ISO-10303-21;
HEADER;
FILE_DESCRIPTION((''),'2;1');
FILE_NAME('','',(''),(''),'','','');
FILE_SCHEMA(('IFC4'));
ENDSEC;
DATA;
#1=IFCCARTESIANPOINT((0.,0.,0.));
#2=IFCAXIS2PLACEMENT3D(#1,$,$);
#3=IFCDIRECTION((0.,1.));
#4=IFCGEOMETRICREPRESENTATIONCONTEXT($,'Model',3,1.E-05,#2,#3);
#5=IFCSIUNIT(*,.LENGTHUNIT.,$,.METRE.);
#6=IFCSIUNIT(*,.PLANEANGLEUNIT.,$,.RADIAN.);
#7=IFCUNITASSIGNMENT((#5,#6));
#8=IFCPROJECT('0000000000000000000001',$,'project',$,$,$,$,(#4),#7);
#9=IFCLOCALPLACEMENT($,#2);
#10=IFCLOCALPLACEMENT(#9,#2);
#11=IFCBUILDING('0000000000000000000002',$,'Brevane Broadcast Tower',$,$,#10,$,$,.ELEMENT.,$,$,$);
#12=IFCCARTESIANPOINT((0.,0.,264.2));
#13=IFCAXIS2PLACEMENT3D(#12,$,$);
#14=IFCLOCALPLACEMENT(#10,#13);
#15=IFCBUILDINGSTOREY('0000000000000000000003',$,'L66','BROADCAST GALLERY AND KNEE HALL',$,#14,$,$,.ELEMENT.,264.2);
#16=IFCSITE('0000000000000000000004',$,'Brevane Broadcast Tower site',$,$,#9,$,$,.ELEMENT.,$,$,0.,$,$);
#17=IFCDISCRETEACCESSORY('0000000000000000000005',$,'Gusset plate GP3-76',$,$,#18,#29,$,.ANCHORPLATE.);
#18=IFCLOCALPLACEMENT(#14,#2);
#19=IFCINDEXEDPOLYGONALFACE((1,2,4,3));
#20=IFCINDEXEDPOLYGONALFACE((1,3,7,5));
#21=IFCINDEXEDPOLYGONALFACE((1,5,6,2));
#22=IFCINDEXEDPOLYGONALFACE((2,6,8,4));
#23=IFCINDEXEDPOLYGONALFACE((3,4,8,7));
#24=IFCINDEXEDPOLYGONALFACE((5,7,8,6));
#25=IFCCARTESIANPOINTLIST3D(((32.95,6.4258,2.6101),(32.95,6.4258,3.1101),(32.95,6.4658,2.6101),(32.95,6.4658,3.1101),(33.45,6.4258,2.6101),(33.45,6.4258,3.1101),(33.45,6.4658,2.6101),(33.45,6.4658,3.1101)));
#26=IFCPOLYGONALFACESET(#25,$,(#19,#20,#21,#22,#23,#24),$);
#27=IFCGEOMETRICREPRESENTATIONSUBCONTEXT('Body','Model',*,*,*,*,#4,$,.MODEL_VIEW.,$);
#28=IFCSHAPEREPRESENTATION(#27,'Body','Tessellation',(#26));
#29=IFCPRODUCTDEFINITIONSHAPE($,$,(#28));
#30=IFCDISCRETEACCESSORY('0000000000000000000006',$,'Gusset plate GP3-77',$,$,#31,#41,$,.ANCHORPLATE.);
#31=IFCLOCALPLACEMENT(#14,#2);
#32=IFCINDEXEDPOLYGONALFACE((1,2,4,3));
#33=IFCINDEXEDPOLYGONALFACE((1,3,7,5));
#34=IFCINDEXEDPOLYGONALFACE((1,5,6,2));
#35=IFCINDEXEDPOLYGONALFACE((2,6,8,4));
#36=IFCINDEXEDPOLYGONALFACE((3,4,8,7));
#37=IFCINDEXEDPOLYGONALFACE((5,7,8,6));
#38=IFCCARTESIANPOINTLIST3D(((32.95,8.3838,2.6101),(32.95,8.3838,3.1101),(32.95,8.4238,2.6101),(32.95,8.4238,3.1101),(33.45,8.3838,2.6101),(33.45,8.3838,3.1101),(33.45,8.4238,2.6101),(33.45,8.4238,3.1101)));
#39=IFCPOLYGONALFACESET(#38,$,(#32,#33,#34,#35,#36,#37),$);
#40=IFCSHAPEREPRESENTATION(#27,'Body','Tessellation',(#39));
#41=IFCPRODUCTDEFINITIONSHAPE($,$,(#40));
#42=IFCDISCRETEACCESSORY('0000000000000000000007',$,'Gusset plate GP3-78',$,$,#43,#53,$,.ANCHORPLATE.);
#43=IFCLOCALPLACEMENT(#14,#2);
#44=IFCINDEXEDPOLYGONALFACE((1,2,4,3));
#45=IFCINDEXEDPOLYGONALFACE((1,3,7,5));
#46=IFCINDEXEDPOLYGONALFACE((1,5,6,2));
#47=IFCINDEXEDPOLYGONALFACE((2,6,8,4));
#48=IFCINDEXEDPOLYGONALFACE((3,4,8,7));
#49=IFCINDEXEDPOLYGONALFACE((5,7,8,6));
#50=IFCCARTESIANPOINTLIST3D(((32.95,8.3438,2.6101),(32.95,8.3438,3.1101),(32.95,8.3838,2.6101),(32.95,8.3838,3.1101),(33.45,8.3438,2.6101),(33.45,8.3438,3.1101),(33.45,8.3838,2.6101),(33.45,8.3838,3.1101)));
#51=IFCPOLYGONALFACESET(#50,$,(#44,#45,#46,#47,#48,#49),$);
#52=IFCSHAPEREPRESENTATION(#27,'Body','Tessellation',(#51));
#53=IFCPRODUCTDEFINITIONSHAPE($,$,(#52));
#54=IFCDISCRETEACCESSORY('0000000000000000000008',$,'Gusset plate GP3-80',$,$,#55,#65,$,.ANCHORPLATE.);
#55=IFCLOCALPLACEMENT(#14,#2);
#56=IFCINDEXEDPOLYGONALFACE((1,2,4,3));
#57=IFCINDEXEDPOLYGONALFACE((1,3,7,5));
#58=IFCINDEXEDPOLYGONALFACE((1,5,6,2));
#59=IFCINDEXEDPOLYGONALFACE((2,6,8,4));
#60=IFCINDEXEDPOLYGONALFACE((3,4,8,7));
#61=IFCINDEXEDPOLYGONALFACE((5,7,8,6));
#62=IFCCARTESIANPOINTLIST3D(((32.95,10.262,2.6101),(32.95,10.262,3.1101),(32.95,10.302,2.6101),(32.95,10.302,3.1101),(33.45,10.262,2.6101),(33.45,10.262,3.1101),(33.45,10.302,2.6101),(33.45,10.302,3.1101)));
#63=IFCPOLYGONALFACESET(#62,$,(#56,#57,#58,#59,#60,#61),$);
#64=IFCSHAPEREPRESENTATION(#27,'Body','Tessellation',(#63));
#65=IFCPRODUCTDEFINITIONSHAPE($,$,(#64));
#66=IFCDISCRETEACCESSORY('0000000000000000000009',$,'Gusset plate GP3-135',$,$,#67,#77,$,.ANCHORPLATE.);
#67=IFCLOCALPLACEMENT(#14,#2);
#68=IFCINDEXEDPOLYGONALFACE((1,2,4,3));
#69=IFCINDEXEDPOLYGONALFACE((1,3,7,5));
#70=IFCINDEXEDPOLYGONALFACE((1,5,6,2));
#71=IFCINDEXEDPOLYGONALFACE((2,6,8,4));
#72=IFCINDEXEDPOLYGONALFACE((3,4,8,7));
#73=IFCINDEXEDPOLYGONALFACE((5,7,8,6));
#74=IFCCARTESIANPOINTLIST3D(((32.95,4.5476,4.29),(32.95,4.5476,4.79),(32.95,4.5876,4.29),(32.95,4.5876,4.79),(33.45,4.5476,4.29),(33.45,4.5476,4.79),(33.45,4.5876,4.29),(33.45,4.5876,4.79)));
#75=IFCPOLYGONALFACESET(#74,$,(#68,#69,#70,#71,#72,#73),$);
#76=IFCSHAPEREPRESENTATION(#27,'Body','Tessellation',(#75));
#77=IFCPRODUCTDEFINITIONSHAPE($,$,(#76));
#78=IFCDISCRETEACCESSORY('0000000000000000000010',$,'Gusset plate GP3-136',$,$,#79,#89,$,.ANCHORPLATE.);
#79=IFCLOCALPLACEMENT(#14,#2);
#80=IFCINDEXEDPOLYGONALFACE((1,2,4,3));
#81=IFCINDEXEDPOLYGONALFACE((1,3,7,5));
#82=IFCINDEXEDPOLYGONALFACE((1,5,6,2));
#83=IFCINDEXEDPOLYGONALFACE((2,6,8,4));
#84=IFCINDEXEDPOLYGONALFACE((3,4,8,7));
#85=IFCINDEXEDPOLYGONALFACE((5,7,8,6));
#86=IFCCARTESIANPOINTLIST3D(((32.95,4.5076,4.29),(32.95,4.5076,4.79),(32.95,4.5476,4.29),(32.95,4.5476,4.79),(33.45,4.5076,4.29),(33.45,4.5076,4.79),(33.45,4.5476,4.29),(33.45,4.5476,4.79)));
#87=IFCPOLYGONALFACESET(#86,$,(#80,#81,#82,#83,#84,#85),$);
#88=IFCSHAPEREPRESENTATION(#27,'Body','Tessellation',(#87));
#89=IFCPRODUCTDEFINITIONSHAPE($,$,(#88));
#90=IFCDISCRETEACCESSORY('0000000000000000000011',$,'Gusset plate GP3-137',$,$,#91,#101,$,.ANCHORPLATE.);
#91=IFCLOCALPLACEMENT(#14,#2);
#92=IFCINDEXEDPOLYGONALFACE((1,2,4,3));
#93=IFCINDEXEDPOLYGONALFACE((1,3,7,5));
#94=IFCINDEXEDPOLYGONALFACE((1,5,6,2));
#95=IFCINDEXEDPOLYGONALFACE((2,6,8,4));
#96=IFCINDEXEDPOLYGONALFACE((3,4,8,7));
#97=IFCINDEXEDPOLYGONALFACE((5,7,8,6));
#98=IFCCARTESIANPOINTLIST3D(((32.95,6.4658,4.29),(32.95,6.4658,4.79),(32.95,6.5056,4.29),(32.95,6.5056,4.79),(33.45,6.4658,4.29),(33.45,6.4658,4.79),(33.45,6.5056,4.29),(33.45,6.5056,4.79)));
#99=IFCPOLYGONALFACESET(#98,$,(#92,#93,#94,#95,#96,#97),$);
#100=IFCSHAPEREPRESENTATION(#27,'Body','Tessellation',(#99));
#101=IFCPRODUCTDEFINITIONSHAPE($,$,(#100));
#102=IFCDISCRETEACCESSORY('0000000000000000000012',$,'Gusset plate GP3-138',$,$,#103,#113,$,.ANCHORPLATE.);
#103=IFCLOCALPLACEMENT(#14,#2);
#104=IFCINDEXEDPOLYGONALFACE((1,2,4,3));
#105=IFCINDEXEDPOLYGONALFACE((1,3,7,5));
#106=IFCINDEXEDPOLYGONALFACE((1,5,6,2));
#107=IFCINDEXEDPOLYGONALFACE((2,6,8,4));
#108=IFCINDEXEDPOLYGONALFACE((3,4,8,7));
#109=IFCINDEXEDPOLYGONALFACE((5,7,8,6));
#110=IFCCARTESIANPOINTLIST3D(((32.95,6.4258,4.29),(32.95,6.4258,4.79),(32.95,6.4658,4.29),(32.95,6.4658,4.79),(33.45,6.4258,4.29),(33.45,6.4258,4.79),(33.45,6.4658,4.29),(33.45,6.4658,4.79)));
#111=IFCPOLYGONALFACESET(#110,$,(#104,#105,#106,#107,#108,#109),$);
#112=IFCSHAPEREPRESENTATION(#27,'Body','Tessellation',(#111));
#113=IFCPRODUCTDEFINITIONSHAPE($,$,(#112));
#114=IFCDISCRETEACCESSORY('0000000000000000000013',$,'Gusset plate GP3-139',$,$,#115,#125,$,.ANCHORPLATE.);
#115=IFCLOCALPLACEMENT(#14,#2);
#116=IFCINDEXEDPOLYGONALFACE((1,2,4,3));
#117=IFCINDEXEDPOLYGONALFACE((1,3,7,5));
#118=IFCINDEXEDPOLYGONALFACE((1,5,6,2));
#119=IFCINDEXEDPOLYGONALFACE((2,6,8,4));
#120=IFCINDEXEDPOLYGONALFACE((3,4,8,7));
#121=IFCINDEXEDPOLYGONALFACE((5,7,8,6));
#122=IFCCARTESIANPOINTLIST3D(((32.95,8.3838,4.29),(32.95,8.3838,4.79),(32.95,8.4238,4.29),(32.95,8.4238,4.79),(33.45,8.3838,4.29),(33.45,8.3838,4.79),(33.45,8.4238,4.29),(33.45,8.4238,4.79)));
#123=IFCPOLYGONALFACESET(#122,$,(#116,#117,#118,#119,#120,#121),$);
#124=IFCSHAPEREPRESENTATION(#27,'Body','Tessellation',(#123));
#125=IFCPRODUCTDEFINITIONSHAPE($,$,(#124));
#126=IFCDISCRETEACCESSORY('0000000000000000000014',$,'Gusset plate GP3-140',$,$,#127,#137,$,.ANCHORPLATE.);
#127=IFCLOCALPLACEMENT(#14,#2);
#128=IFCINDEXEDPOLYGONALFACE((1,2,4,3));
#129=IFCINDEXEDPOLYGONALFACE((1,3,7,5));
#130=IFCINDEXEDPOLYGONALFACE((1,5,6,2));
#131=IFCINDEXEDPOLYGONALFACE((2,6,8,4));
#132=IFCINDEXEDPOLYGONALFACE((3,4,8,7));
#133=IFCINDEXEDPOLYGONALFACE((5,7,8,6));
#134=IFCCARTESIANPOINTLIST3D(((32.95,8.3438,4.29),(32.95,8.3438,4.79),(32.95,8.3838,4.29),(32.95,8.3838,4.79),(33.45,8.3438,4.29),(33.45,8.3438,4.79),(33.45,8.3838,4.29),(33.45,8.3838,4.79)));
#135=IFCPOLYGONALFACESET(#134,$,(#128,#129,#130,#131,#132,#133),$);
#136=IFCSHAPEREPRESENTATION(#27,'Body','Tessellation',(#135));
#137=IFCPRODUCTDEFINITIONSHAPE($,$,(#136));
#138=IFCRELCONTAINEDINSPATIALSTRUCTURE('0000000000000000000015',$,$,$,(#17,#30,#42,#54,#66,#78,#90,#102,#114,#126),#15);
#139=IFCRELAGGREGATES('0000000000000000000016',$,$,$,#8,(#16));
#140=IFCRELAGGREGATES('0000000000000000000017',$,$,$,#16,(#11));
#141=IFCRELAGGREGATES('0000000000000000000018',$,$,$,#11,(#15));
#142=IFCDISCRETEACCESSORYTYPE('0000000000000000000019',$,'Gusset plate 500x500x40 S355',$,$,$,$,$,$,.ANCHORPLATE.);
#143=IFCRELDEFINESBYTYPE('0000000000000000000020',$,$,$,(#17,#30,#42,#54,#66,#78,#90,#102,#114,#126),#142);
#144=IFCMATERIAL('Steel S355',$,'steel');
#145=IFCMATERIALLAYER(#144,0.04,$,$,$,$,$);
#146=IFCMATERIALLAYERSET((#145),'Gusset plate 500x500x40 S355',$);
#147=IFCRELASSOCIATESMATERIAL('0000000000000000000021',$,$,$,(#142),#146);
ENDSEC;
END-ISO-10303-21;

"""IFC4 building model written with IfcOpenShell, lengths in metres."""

from ifc_helpers import new_model, si_unit, direction, frame, origin, origin_2d, place, context, subcontext, project, spatial, rectangle, extrude, material, layer, layer_set, type_object, element, save


model = new_model("IFC4")

# Units and contexts
model_context = context("Model", 3, precision=1e-05, world=origin(), true_north=direction((0.0, 1.0)))
body_context = subcontext(model_context, "Body", "Model", "MODEL_VIEW")
ifc_project = project(units=[si_unit("LENGTHUNIT", "METRE"), si_unit("PLANEANGLEUNIT", "RADIAN")], contexts=[model_context])

# Site, building, storey
site_placement = place(None, origin())
site = spatial("IfcSite", under=ifc_project, at=site_placement, Name="Brevane Broadcast Tower site", CompositionType="ELEMENT", RefElevation=0.0)
building_placement = place(site_placement, origin())
building = spatial("IfcBuilding", under=site, at=building_placement, Name="Brevane Broadcast Tower", CompositionType="ELEMENT")
storey_placement = place(building_placement, frame((0.0, 0.0, 264.2)))
storey = spatial("IfcBuildingStorey", under=building, at=storey_placement, Name="L66", Description="BROADCAST GALLERY AND KNEE HALL", CompositionType="ELEMENT", Elevation=264.2)

# Discrete accessories
ifc_material = material(Name="Steel S355", Category="steel")
ifc_layer_1 = layer(ifc_material, 0.04)
ifc_layer_set_1 = layer_set([ifc_layer_1], Name="Gusset plate 500x500x40 S355")
discrete_accessory_type_1 = type_object("IfcDiscreteAccessoryType", Name="Gusset plate 500x500x40 S355", PredefinedType="ANCHORPLATE", material=ifc_layer_set_1)
for number, where, z_axis, x_axis, name in (
    (1, (33.2, 6.4258, 2.8601), (0.0, 1.0, 0.0), (-1.0, 0.0, 0.0), "Gusset plate GP3-76"),
    (2, (33.2, 8.3838, 2.8601), (0.0, 1.0, 0.0), (-1.0, 0.0, 0.0), "Gusset plate GP3-77"),
    (3, (33.2, 8.3438, 2.8601), (0.0, 1.0, 0.0), (-1.0, 0.0, 0.0), "Gusset plate GP3-78"),
    (4, (33.2, 10.262, 2.8601), (0.0, 1.0, 0.0), (-1.0, 0.0, 0.0), "Gusset plate GP3-80"),
    (5, (33.2, 4.5476, 4.54), (0.0, 1.0, 0.0), (-1.0, 0.0, 0.0), "Gusset plate GP3-135"),
    (6, (33.2, 4.5076, 4.54), (0.0, 1.0, 0.0), (-1.0, 0.0, 0.0), "Gusset plate GP3-136"),
):
    element("IfcDiscreteAccessory", number, at=place(storey_placement, frame(where, z_axis=z_axis, x_axis=x_axis)), inside=storey, type_object=discrete_accessory_type_1, Name=name, PredefinedType="ANCHORPLATE", context=body_context, shape_type="SweptSolid", body=[
        extrude(rectangle(XDim=0.5, YDim=0.5, at=origin_2d()), origin(), (0.0, 0.0, 1.0), 0.04),
    ])
discrete_accessory_1_placement = place(storey_placement, frame((33.2, 6.4658, 4.54), z_axis=(0.0, 1.0, 0.0), x_axis=(-1.0, 0.0, 0.0)))
element("IfcDiscreteAccessory", 7, at=discrete_accessory_1_placement, inside=storey, type_object=discrete_accessory_type_1, Name="Gusset plate GP3-137", PredefinedType="ANCHORPLATE", context=body_context, shape_type="SweptSolid", body=[
    extrude(rectangle(XDim=0.5, YDim=0.5, at=origin_2d()), origin(), (0.0, 0.0, 1.0), 0.0398),
])
for number, where, z_axis, x_axis, name in (
    (8, (33.2, 6.4258, 4.54), (0.0, 1.0, 0.0), (-1.0, 0.0, 0.0), "Gusset plate GP3-138"),
    (9, (33.2, 8.3838, 4.54), (0.0, 1.0, 0.0), (-1.0, 0.0, 0.0), "Gusset plate GP3-139"),
    (10, (33.2, 8.3438, 4.54), (0.0, 1.0, 0.0), (-1.0, 0.0, 0.0), "Gusset plate GP3-140"),
):
    element("IfcDiscreteAccessory", number, at=place(storey_placement, frame(where, z_axis=z_axis, x_axis=x_axis)), inside=storey, type_object=discrete_accessory_type_1, Name=name, PredefinedType="ANCHORPLATE", context=body_context, shape_type="SweptSolid", body=[
        extrude(rectangle(XDim=0.5, YDim=0.5, at=origin_2d()), origin(), (0.0, 0.0, 1.0), 0.04),
    ])

save(model, "model.ifc")
